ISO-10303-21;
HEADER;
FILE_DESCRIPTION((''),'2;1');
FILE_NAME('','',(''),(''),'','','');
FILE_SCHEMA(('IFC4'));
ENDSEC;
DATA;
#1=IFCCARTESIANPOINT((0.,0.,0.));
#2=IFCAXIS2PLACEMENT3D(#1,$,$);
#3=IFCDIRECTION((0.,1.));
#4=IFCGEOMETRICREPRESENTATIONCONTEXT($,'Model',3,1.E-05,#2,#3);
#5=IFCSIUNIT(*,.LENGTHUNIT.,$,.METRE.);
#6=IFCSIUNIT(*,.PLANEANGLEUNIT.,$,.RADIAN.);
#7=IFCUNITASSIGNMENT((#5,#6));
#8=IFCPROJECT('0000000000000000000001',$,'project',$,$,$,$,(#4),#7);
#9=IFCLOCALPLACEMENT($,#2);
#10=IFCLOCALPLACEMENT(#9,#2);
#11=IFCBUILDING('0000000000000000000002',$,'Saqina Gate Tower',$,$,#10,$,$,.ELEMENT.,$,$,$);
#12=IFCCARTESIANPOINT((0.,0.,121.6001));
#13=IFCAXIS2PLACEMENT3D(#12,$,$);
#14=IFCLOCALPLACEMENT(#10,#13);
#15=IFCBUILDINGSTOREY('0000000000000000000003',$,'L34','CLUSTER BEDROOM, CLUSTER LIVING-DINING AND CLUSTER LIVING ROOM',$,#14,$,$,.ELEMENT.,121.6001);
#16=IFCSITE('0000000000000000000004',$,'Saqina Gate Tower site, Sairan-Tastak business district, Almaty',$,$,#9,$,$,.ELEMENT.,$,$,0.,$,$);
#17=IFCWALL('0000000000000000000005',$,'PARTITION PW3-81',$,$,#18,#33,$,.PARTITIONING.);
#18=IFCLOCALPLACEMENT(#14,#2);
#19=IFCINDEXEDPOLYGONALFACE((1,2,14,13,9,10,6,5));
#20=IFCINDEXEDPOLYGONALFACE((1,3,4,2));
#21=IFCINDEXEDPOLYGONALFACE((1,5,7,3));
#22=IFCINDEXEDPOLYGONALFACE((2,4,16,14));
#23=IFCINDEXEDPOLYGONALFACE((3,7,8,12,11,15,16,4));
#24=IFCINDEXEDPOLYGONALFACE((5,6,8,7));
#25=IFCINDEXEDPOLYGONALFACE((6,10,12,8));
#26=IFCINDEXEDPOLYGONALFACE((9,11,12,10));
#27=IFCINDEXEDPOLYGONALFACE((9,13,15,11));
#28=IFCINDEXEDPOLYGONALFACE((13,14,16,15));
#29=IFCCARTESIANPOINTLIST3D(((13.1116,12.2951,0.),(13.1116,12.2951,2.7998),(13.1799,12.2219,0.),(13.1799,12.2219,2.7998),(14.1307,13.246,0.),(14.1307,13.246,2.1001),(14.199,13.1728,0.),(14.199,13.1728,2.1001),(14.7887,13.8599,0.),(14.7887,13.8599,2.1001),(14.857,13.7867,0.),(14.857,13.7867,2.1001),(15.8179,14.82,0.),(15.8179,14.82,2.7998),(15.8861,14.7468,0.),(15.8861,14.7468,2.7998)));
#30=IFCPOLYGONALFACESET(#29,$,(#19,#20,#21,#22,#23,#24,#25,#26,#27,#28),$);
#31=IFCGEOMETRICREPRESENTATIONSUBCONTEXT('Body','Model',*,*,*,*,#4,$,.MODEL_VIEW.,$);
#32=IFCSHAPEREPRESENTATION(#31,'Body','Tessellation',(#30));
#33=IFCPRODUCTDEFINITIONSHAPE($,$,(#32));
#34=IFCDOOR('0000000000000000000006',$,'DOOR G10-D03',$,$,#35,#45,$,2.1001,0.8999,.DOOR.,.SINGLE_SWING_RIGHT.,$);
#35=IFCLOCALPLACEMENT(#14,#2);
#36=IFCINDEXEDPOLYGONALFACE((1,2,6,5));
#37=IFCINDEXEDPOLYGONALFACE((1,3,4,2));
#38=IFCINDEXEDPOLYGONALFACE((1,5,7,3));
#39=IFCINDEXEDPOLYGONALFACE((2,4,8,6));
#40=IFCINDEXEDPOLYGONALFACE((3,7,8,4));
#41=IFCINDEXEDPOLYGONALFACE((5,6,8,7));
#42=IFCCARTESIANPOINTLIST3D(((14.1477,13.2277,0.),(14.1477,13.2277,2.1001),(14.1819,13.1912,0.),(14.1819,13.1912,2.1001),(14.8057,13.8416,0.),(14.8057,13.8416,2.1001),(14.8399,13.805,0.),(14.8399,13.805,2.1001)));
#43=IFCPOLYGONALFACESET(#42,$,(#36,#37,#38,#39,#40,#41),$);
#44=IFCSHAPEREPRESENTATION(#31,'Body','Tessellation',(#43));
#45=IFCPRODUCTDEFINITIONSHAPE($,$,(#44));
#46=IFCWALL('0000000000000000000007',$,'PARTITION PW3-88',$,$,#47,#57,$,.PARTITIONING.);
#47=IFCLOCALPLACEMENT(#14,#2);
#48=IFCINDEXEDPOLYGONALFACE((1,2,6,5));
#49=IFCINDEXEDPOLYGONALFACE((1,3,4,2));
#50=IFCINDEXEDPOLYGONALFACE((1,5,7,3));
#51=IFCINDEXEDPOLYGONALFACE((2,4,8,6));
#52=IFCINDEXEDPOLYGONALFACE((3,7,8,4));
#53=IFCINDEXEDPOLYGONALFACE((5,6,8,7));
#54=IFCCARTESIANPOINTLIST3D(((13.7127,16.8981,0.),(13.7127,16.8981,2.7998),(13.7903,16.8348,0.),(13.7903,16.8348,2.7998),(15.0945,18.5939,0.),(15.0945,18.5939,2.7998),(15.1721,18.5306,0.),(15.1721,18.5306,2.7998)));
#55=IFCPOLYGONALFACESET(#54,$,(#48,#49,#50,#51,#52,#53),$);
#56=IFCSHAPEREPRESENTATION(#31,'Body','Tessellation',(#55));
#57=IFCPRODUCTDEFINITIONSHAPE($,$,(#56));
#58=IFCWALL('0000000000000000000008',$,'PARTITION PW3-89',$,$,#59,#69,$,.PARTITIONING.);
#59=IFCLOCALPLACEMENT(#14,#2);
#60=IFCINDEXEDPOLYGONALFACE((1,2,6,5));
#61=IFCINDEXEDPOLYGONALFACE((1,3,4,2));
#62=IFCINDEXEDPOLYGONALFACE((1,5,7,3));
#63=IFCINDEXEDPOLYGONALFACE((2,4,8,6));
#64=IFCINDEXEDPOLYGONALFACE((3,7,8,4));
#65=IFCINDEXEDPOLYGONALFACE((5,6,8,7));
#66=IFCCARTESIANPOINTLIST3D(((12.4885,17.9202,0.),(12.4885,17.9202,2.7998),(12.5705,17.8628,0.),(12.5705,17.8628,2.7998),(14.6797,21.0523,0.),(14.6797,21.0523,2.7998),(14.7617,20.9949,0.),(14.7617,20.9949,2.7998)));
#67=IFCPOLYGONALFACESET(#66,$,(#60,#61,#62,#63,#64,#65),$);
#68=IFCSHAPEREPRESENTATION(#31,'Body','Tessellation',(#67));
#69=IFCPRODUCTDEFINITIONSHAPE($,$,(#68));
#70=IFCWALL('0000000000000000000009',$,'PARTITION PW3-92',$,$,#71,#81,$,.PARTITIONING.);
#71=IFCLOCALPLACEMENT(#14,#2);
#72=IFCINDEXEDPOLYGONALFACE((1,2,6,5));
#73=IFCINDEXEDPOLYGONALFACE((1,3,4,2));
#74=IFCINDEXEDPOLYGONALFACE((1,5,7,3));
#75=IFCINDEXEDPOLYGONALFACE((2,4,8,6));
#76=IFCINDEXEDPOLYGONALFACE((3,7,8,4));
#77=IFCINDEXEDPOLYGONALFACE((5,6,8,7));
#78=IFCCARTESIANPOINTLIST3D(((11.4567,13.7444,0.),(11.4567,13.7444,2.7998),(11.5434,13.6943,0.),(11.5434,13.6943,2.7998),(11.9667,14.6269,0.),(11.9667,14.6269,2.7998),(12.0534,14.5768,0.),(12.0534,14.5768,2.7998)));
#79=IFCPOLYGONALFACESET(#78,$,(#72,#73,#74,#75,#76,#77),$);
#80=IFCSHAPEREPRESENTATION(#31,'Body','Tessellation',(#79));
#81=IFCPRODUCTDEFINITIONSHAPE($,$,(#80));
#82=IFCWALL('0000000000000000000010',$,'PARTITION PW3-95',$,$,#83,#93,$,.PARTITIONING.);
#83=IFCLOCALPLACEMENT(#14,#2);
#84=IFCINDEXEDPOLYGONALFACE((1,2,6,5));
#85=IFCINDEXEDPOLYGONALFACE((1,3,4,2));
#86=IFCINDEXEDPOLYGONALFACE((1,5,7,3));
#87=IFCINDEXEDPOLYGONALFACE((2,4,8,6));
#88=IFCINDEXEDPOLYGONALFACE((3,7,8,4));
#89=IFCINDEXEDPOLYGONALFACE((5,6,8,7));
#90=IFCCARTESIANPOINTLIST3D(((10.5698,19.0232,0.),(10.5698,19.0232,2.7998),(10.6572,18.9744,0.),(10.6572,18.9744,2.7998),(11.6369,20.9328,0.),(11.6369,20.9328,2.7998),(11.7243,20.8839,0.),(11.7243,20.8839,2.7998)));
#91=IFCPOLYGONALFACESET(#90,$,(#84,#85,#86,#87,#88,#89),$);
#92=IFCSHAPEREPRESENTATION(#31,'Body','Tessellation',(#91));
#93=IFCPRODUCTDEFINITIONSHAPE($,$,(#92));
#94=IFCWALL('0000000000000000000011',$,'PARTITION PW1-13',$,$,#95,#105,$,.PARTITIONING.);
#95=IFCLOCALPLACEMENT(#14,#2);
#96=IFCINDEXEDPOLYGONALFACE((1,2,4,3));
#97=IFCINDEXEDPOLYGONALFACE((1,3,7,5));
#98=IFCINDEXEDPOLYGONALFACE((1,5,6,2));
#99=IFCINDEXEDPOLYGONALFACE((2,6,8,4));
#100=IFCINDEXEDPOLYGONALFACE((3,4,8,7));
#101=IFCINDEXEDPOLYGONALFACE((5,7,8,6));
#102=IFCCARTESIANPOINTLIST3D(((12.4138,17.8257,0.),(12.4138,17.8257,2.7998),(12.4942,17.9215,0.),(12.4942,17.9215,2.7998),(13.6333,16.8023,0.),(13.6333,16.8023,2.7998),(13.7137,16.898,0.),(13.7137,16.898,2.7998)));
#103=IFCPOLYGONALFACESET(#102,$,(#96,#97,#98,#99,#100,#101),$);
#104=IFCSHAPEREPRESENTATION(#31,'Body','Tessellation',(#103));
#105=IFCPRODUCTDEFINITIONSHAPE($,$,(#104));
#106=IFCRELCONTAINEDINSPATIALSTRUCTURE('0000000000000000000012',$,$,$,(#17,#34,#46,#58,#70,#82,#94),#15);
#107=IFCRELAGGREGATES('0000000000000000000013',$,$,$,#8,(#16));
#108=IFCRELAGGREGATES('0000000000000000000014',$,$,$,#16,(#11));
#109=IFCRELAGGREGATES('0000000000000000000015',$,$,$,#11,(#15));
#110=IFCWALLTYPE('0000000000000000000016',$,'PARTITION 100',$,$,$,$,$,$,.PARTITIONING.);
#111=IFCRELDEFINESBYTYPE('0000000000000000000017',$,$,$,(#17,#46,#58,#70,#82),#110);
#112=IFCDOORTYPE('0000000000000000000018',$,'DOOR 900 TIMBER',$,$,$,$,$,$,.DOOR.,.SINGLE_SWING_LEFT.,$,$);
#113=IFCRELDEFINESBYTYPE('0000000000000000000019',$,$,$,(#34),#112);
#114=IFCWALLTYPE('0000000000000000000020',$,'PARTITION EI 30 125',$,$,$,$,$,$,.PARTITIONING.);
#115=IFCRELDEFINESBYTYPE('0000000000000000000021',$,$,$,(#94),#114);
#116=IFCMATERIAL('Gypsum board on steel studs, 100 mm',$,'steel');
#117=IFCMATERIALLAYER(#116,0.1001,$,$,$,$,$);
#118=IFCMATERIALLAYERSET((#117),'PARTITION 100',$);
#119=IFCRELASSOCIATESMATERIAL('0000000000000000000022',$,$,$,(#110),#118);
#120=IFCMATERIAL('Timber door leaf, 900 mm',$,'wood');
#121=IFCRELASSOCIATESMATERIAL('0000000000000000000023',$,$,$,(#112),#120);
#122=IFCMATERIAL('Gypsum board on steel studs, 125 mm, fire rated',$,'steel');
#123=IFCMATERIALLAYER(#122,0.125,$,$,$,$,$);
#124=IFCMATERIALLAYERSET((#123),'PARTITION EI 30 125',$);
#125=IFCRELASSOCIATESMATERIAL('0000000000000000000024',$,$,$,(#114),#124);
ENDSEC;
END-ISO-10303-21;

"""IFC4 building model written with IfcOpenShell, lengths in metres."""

from ifc_helpers import new_model, si_unit, direction, frame, frame_2d, origin, place, context, subcontext, project, spatial, rectangle, extrude, material, layer, layer_set, type_object, element, fill, save


model = new_model("IFC4")

# Units and contexts
model_context = context("Model", 3, precision=1e-05, world=origin(), true_north=direction((0.0, 1.0)))
body_context = subcontext(model_context, "Body", "Model", "MODEL_VIEW")
ifc_project = project(units=[si_unit("LENGTHUNIT", "METRE"), si_unit("PLANEANGLEUNIT", "RADIAN")], contexts=[model_context])

# Site, building, storey
site_placement = place(None, origin())
site = spatial("IfcSite", under=ifc_project, at=site_placement, Name="Saqina Gate Tower site, Sairan-Tastak business district, Almaty", CompositionType="ELEMENT", RefElevation=0.0)
building_placement = place(site_placement, origin())
building = spatial("IfcBuilding", under=site, at=building_placement, Name="Saqina Gate Tower", CompositionType="ELEMENT")
storey_placement = place(building_placement, frame((0.0, 0.0, 121.6001)))
storey = spatial("IfcBuildingStorey", under=building, at=storey_placement, Name="L34", Description="CLUSTER BEDROOM, CLUSTER LIVING-DINING AND CLUSTER LIVING ROOM", CompositionType="ELEMENT", Elevation=121.6001)

# Shared definitions
ifc_material_1 = material(Name="Gypsum board on steel studs, 100 mm", Category="steel")
ifc_layer_1 = layer(ifc_material_1, 0.1001)
ifc_layer_set_1 = layer_set([ifc_layer_1], Name="PARTITION 100")
wall_type_1 = type_object("IfcWallType", Name="PARTITION 100", PredefinedType="PARTITIONING", material=ifc_layer_set_1)

# Wall, opening, door
wall_1_placement = place(storey_placement, frame((13.1458, 12.2585, 0.0), z_axis=(0.0, 0.0, 1.0), x_axis=(0.731187, 0.682177, 0.0)))
wall_1 = element("IfcWall", 1, at=wall_1_placement, inside=storey, type_object=wall_type_1, Name="PARTITION PW3-81", PredefinedType="PARTITIONING", context=body_context, shape_type="SweptSolid", body=[
    extrude(rectangle(XDim=3.7012, YDim=0.1001, at=frame_2d((1.8506, 0.0))), origin(), (0.0, 0.0, 1.0), 2.7998),
])
opening_1_placement = place(wall_1_placement, frame((1.3938, 0.0, 0.0)))
opening_1 = element("IfcOpeningElement", 2, at=opening_1_placement, cuts=wall_1, PredefinedType="OPENING", context=body_context, shape_type="SweptSolid", body=[
    extrude(rectangle(XDim=0.8999, YDim=2.1001, at=frame_2d((0.45, 1.05))), frame((0.0, 0.062, 0.0), z_axis=(0.0, -1.0, 0.0), x_axis=(1.0, 0.0, 0.0)), (0.0, 0.0, 1.0), 0.124),
])
ifc_material_2 = material(Name="Timber door leaf, 900 mm", Category="wood")
door_type_1 = type_object("IfcDoorType", Name="DOOR 900 TIMBER", OperationType="SINGLE_SWING_LEFT", PredefinedType="DOOR", material=ifc_material_2)
door_1_placement = place(opening_1_placement, frame((0.8999, 0.0, 0.0), z_axis=(0.0, 0.0, 1.0), x_axis=(-1.0, 0.0, 0.0)))
door_1 = element("IfcDoor", 3, at=door_1_placement, inside=storey, type_object=door_type_1, Name="DOOR G10-D03", OperationType="SINGLE_SWING_RIGHT", OverallHeight=2.1001, OverallWidth=0.8999, PredefinedType="DOOR", context=body_context, shape_type="SweptSolid", body=[
    extrude(rectangle(XDim=0.8999, YDim=2.1001, at=frame_2d((0.45, 1.05))), frame((0.0, 0.0249, 0.0), z_axis=(0.0, -1.0, 0.0), x_axis=(1.0, 0.0, 0.0)), (0.0, 0.0, 1.0), 0.05),
])
fill(opening_1, door_1)

# Walls
wall_2_placement = place(storey_placement, frame((13.7515, 16.8665, 0.0), z_axis=(0.0, 0.0, 1.0), x_axis=(0.631693, 0.775219, 0.0)))
element("IfcWall", 4, at=wall_2_placement, inside=storey, type_object=wall_type_1, Name="PARTITION PW3-88", PredefinedType="PARTITIONING", context=body_context, shape_type="SweptSolid", body=[
    extrude(rectangle(XDim=2.1875, YDim=0.1001, at=frame_2d((1.0938, 0.0))), origin(), (0.0, 0.0, 1.0), 2.7998),
])
wall_3_placement = place(storey_placement, frame((12.5295, 17.8916, 0.0), z_axis=(0.0, 0.0, 1.0), x_axis=(0.573235, 0.819391, 0.0)))
element("IfcWall", 5, at=wall_3_placement, inside=storey, type_object=wall_type_1, Name="PARTITION PW3-89", PredefinedType="PARTITIONING", context=body_context, shape_type="SweptSolid", body=[
    extrude(rectangle(XDim=3.8225, YDim=0.1001, at=frame_2d((1.9111, 0.0))), origin(), (0.0, 0.0, 1.0), 2.7998),
])
wall_4_placement = place(storey_placement, frame((11.5, 13.7192, 0.0), z_axis=(0.0, 0.0, 1.0), x_axis=(0.500337, 0.86583, 0.0)))
element("IfcWall", 6, at=wall_4_placement, inside=storey, type_object=wall_type_1, Name="PARTITION PW3-92", PredefinedType="PARTITIONING", context=body_context, shape_type="SweptSolid", body=[
    extrude(rectangle(XDim=1.0193, YDim=0.1001, at=frame_2d((0.5098, 0.0))), origin(), (0.0, 0.0, 1.0), 2.7998),
])
wall_5_placement = place(storey_placement, frame((10.6135, 18.9988, 0.0), z_axis=(0.0, 0.0, 1.0), x_axis=(0.487811, 0.872949, 0.0)))
element("IfcWall", 7, at=wall_5_placement, inside=storey, type_object=wall_type_1, Name="PARTITION PW3-95", PredefinedType="PARTITIONING", context=body_context, shape_type="SweptSolid", body=[
    extrude(rectangle(XDim=2.1875, YDim=0.1001, at=frame_2d((1.0938, 0.0))), origin(), (0.0, 0.0, 1.0), 2.7998),
])
ifc_material_3 = material(Name="Gypsum board on steel studs, 125 mm, fire rated", Category="steel")
ifc_layer_2 = layer(ifc_material_3, 0.125)
ifc_layer_set_2 = layer_set([ifc_layer_2], Name="PARTITION EI 30 125")
wall_type_2 = type_object("IfcWallType", Name="PARTITION EI 30 125", PredefinedType="PARTITIONING", material=ifc_layer_set_2)
wall_6_placement = place(storey_placement, frame((12.4541, 17.8735, 0.0), z_axis=(0.0, 0.0, 1.0), x_axis=(0.765992, -0.64285, 0.0)))
element("IfcWall", 8, at=wall_6_placement, inside=storey, type_object=wall_type_2, Name="PARTITION PW1-13", PredefinedType="PARTITIONING", context=body_context, shape_type="SweptSolid", body=[
    extrude(rectangle(XDim=1.592, YDim=0.125, at=frame_2d((0.7959, 0.0))), origin(), (0.0, 0.0, 1.0), 2.7998),
])

save(model, "model.ifc")
